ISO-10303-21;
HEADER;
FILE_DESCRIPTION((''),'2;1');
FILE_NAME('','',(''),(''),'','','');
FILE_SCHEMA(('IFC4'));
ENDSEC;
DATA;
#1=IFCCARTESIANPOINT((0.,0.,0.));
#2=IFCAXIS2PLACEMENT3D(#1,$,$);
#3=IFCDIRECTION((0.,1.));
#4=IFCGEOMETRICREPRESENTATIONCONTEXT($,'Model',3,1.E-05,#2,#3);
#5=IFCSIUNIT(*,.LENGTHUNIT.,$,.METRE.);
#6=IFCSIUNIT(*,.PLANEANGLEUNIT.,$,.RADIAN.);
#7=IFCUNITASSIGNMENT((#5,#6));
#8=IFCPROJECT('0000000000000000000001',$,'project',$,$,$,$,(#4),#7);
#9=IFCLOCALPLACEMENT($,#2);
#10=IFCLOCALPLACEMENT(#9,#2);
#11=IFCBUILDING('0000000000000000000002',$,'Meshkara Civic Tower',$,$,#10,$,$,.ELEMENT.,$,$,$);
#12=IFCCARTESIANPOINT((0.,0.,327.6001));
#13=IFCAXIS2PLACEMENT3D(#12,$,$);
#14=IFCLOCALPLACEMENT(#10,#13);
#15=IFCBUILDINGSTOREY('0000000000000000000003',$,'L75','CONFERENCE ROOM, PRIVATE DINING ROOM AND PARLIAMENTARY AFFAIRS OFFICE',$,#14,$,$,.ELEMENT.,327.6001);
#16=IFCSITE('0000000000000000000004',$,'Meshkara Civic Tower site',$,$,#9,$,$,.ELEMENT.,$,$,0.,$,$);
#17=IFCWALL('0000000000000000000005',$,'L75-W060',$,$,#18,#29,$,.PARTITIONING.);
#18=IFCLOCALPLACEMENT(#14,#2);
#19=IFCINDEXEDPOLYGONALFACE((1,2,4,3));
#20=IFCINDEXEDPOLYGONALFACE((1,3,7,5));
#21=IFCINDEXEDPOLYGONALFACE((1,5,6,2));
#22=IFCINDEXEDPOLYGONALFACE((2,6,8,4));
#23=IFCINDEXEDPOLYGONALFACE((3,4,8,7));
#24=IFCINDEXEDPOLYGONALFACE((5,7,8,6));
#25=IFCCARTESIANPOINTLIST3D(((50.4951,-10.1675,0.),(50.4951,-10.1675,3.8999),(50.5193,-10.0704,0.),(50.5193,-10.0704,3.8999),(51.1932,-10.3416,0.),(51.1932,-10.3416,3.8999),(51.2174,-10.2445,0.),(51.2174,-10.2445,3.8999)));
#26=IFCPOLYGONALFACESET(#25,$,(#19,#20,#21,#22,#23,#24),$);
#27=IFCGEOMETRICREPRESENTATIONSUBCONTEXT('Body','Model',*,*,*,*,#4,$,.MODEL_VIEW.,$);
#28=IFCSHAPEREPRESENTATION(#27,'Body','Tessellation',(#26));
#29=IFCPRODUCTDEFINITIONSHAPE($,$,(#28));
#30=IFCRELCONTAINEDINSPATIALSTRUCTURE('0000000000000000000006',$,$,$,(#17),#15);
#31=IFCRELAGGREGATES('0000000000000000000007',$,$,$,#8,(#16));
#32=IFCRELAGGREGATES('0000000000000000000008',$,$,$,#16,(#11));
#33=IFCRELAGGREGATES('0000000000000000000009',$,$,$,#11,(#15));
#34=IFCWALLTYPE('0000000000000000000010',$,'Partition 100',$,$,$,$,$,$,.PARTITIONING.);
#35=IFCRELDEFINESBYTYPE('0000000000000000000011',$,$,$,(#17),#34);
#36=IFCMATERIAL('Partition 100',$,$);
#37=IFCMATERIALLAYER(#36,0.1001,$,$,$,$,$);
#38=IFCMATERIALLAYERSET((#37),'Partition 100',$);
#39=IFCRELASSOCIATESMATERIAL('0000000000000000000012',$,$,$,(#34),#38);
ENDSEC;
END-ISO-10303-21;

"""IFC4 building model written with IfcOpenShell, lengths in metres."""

from ifc_helpers import new_model, si_unit, direction, frame, frame_2d, origin, place, context, subcontext, project, spatial, rectangle, extrude, material, layer, layer_set, type_object, element, save


model = new_model("IFC4")

# Units and contexts
model_context = context("Model", 3, precision=1e-05, world=origin(), true_north=direction((0.0, 1.0)))
body_context = subcontext(model_context, "Body", "Model", "MODEL_VIEW")
ifc_project = project(units=[si_unit("LENGTHUNIT", "METRE"), si_unit("PLANEANGLEUNIT", "RADIAN")], contexts=[model_context])

# Site, building, storey
site_placement = place(None, origin())
site = spatial("IfcSite", under=ifc_project, at=site_placement, Name="Meshkara Civic Tower site", CompositionType="ELEMENT", RefElevation=0.0)
building_placement = place(site_placement, origin())
building = spatial("IfcBuilding", under=site, at=building_placement, Name="Meshkara Civic Tower", CompositionType="ELEMENT")
storey_placement = place(building_placement, frame((0.0, 0.0, 327.6001)))
storey = spatial("IfcBuildingStorey", under=building, at=storey_placement, Name="L75", Description="CONFERENCE ROOM, PRIVATE DINING ROOM AND PARLIAMENTARY AFFAIRS OFFICE", CompositionType="ELEMENT", Elevation=327.6001)

# Wall
ifc_material_1 = material(Name="Partition 100")
ifc_layer_1 = layer(ifc_material_1, 0.1001)
ifc_layer_set_1 = layer_set([ifc_layer_1], Name="Partition 100")
wall_type_1 = type_object("IfcWallType", Name="Partition 100", PredefinedType="PARTITIONING", material=ifc_layer_set_1)
wall_1_placement = place(storey_placement, frame((50.5071, -10.1189, 0.0), z_axis=(0.0, 0.0, 1.0), x_axis=(0.970282, -0.241977, 0.0)))
element("IfcWall", 1, at=wall_1_placement, inside=storey, type_object=wall_type_1, Name="L75-W060", PredefinedType="PARTITIONING", context=body_context, shape_type="SweptSolid", body=[
    extrude(rectangle(XDim=0.7195, YDim=0.1001, at=frame_2d((0.3599, 0.0))), origin(), (0.0, 0.0, 1.0), 3.8999),
])

save(model, "model.ifc")
